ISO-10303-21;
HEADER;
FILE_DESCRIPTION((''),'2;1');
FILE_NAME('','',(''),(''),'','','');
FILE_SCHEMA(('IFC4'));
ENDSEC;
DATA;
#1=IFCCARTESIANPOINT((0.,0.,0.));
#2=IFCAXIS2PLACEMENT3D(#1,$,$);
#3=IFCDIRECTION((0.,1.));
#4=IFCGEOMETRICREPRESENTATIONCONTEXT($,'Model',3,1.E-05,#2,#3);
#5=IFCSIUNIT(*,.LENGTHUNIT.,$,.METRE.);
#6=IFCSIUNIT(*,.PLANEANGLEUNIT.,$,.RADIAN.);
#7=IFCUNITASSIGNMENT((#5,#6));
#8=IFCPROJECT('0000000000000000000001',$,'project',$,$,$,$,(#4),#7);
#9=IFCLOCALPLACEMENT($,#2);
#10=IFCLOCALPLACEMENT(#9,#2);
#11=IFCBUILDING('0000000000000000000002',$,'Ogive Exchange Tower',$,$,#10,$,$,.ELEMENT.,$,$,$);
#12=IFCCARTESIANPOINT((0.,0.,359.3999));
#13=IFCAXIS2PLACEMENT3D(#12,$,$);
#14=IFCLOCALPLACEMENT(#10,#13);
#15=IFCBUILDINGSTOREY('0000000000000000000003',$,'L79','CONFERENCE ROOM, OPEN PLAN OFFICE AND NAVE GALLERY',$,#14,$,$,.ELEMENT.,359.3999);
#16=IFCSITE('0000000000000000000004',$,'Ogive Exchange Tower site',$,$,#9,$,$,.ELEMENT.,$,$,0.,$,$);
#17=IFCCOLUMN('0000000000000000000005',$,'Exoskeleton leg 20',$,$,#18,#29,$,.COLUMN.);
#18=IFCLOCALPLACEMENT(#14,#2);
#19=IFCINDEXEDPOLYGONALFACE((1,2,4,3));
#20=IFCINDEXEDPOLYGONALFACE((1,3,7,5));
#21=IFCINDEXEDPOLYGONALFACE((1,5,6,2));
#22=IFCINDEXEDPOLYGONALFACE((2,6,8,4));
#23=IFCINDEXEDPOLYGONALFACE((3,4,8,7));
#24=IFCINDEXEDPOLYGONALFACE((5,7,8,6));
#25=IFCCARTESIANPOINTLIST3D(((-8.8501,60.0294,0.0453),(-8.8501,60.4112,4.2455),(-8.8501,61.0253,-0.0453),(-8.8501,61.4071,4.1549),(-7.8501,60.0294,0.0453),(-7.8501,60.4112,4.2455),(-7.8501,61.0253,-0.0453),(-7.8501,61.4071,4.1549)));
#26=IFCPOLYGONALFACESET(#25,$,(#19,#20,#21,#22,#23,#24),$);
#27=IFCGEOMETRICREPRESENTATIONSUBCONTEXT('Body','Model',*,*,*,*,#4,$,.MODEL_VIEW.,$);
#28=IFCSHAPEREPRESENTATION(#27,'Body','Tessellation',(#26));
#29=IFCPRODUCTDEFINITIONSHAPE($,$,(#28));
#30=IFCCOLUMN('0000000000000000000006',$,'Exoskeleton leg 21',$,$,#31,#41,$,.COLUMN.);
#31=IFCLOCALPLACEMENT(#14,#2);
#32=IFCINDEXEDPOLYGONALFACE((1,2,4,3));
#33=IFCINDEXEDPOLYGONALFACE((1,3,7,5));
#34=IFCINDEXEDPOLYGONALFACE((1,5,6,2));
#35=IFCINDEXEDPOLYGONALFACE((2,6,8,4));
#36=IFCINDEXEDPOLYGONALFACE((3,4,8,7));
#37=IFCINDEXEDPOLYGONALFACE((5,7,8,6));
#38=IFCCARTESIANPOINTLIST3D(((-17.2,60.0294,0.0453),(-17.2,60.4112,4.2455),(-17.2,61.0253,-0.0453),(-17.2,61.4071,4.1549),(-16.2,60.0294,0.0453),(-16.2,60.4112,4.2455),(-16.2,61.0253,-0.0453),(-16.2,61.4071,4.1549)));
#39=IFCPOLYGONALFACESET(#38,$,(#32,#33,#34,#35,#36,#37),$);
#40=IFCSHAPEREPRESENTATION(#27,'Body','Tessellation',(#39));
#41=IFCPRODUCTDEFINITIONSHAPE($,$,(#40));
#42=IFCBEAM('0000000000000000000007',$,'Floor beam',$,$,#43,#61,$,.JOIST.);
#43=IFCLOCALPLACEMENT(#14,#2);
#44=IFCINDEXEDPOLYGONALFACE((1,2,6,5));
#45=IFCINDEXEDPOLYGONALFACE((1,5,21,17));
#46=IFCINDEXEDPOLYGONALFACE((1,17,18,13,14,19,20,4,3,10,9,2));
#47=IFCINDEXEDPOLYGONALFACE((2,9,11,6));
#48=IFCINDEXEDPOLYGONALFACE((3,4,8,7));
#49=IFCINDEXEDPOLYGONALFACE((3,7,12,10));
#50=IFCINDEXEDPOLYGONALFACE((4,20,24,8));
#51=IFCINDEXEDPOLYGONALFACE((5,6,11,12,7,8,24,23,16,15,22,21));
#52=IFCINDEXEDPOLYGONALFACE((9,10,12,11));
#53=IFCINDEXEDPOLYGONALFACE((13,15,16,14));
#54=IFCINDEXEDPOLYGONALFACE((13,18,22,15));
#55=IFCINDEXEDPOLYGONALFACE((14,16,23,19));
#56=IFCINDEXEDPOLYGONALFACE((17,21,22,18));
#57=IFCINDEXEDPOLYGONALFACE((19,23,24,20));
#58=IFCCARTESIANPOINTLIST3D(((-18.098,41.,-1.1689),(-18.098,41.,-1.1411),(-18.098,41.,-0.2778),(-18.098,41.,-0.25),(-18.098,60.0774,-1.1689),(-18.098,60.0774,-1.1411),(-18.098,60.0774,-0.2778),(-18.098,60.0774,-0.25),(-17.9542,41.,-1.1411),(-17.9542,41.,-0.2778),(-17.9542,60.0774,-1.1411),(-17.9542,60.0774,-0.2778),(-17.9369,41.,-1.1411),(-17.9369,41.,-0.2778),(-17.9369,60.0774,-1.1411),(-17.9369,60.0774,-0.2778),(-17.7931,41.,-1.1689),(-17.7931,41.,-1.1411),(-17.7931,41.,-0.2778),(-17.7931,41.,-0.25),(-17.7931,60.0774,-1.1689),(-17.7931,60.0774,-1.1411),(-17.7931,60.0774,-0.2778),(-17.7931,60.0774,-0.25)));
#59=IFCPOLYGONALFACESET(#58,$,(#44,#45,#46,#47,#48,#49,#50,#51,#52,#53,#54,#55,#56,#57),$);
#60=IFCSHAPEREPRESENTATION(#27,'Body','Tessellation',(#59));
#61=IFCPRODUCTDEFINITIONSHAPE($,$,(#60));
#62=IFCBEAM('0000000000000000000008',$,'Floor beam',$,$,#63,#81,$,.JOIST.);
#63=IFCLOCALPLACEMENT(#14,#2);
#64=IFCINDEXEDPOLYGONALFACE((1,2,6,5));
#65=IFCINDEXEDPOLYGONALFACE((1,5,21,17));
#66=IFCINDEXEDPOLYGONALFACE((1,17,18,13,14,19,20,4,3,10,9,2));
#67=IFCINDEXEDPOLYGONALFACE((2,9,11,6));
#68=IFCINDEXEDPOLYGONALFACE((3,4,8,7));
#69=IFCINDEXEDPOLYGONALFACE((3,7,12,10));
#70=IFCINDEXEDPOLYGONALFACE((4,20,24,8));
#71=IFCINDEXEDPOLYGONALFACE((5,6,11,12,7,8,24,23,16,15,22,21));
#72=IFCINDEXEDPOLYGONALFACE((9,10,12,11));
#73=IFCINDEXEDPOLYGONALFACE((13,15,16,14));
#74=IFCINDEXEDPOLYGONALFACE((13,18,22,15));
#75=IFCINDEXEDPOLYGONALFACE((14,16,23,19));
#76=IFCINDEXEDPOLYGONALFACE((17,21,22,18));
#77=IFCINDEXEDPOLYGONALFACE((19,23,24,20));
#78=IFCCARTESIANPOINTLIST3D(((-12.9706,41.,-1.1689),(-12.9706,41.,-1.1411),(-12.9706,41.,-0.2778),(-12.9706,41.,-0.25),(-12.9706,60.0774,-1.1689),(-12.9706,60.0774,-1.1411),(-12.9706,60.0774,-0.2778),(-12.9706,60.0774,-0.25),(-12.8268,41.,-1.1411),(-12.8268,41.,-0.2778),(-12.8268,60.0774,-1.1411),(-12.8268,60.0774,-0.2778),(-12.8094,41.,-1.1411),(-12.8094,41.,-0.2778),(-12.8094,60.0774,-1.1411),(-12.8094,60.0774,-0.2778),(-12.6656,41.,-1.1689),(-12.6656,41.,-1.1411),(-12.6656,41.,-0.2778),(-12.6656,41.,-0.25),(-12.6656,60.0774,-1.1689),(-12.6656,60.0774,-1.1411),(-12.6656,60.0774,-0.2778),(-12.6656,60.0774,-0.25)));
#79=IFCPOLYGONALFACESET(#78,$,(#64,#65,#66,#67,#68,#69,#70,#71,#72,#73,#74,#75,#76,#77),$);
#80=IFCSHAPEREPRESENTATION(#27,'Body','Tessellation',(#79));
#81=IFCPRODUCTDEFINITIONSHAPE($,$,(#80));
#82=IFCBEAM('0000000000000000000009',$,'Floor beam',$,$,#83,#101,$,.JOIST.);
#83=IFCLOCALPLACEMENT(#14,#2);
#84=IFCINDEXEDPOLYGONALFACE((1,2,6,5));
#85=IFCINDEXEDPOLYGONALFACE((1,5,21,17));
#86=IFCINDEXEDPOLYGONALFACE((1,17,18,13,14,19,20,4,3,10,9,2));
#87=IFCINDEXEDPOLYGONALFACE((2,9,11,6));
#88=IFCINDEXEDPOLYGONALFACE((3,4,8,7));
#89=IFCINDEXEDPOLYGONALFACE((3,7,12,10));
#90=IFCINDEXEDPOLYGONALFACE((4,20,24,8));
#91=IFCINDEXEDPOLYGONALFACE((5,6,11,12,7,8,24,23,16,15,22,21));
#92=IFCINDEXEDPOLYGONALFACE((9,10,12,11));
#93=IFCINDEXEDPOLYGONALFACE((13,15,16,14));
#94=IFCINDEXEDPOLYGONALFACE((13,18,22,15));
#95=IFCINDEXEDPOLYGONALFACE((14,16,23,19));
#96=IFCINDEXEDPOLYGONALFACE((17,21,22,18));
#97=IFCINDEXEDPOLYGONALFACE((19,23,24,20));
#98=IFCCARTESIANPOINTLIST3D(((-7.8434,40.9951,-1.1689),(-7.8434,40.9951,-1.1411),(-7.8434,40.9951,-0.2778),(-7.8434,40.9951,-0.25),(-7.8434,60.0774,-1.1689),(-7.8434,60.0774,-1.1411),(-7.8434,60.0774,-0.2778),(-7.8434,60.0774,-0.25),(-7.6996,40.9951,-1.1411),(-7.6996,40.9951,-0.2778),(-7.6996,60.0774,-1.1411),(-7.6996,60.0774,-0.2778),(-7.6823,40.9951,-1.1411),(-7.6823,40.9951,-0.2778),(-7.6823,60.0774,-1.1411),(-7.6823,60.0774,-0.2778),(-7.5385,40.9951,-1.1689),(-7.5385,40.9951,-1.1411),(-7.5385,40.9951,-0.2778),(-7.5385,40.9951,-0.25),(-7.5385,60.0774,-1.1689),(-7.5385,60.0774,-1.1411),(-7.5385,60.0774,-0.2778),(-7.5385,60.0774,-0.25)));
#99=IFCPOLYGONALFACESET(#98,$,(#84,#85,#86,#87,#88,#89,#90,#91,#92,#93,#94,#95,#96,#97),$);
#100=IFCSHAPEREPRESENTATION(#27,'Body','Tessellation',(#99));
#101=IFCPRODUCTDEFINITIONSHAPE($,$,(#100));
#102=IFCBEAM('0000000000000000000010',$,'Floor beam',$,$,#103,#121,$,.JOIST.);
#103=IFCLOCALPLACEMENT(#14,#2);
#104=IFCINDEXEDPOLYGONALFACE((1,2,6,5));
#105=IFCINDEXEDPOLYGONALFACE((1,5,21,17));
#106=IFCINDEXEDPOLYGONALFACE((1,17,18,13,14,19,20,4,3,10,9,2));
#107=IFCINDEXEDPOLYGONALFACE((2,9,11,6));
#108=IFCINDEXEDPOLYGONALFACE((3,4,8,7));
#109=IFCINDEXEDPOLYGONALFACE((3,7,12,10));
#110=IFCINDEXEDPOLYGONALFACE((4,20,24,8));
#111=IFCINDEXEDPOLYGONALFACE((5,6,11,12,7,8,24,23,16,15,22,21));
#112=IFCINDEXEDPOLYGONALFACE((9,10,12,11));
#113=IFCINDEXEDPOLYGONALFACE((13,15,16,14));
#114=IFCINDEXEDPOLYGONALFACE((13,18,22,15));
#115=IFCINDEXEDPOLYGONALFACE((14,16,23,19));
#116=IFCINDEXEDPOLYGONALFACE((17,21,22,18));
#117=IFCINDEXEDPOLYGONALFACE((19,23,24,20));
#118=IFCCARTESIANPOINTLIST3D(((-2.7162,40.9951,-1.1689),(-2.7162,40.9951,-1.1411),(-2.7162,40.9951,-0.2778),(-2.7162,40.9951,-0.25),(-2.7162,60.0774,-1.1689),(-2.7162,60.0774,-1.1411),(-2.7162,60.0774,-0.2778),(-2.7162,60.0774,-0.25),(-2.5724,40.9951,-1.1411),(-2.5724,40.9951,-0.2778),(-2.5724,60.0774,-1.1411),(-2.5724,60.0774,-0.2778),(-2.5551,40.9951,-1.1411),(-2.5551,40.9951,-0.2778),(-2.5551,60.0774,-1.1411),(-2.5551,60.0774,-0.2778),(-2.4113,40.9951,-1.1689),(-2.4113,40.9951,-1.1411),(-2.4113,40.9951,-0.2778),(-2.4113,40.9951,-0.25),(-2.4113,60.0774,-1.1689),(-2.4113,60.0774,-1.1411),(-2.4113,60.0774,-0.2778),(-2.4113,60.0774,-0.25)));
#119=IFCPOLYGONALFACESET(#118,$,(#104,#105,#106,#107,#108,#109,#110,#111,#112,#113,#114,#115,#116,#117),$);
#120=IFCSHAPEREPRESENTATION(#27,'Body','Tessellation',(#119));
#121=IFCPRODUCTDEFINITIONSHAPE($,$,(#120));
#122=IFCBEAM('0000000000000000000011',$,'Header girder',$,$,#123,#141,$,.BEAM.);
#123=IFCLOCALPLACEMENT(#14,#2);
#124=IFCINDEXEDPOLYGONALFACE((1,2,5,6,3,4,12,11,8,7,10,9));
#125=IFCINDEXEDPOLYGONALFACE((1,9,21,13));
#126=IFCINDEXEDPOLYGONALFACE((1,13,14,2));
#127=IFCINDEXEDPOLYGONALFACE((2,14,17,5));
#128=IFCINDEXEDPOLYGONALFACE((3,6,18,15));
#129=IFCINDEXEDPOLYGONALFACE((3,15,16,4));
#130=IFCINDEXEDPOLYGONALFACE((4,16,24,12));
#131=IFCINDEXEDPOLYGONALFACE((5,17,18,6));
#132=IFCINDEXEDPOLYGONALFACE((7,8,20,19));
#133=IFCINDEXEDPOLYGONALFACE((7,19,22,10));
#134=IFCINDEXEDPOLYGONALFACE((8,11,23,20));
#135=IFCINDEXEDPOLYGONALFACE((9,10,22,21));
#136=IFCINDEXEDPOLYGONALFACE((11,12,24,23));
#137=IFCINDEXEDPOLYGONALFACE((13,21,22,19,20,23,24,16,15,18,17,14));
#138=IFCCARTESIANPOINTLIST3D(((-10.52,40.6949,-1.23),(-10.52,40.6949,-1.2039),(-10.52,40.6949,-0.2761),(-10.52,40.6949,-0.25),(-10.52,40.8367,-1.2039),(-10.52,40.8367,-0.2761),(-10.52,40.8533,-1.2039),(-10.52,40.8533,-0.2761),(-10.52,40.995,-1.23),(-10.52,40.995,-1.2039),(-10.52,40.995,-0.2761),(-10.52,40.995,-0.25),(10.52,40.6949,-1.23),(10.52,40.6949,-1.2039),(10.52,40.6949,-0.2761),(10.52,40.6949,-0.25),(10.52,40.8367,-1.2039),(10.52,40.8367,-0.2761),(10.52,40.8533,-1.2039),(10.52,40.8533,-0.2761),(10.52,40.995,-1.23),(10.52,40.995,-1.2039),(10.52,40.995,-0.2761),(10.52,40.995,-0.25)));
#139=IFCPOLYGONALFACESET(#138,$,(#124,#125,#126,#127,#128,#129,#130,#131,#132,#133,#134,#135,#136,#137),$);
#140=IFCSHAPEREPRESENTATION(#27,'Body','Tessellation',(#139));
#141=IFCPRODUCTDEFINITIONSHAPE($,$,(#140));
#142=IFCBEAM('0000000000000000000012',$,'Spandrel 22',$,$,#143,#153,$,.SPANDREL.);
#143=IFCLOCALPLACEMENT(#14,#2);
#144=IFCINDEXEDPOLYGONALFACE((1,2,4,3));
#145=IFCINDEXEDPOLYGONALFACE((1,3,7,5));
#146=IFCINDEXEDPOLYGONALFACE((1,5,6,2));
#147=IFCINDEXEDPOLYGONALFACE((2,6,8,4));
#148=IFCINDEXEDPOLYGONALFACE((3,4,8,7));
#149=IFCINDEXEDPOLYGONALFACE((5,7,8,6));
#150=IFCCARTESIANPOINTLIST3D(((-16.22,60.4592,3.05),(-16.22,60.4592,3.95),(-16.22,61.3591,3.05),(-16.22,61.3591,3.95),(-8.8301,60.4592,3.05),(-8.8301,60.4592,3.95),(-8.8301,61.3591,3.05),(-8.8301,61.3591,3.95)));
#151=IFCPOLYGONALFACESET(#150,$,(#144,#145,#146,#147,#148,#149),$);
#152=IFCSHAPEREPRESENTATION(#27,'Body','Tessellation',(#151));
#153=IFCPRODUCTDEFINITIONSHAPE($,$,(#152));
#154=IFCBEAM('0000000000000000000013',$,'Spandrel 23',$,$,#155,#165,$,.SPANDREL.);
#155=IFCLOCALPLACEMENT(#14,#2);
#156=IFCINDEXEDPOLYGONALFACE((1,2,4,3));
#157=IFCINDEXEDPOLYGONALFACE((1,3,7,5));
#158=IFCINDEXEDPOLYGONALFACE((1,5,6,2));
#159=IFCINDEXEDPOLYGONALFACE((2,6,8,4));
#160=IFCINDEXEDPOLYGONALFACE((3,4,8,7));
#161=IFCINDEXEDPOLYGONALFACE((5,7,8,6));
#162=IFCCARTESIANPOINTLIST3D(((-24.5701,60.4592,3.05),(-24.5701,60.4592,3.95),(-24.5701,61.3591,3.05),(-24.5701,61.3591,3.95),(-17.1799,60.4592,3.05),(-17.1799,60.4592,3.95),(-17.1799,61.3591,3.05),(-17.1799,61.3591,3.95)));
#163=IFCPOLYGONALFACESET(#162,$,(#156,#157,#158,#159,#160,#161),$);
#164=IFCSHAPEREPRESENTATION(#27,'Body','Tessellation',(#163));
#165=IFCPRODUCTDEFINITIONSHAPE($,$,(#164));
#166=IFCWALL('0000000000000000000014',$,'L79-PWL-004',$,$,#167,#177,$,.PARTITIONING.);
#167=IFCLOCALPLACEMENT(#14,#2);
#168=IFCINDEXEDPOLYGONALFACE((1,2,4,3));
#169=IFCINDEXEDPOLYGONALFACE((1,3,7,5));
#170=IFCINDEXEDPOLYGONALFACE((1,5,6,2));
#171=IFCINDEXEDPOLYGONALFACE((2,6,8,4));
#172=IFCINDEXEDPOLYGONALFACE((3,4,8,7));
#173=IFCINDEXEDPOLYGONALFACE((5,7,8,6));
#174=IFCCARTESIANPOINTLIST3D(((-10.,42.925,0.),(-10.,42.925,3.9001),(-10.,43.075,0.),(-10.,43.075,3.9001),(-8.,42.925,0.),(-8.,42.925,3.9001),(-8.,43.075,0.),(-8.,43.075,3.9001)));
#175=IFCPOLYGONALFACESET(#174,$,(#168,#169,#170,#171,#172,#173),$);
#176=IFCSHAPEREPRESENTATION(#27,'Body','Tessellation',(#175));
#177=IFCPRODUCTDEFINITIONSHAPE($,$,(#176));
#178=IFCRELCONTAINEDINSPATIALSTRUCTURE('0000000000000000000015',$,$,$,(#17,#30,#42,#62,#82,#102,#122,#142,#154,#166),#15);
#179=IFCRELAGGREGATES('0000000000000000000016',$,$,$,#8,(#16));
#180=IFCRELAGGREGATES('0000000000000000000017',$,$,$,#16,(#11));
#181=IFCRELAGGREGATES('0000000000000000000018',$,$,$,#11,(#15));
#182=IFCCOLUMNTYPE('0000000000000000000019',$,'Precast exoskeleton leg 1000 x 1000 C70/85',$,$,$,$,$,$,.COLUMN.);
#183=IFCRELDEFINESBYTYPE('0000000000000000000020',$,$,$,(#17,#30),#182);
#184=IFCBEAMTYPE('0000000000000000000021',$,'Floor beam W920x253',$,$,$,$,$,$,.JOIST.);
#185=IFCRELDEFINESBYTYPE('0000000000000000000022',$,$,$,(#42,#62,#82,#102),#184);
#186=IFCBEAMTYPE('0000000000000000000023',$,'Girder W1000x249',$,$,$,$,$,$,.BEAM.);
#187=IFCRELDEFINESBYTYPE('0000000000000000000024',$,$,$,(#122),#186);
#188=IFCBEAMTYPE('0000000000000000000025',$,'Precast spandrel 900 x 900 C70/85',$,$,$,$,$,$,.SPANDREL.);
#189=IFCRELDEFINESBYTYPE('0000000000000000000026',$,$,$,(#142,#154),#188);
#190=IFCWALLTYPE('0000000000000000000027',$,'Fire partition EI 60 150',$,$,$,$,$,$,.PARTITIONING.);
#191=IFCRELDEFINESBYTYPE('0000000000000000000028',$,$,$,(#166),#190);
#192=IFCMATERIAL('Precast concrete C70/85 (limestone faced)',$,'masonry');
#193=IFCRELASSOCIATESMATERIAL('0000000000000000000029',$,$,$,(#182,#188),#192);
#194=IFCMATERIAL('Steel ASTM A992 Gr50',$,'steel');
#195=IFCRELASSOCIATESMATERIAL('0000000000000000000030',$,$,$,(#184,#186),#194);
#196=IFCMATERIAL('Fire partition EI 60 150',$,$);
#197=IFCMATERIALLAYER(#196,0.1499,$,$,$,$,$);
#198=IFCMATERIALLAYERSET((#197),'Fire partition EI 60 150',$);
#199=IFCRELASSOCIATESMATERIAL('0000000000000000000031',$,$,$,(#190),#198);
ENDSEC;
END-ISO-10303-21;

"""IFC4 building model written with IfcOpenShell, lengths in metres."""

from ifc_helpers import new_model, si_unit, direction, frame, frame_2d, origin, origin_2d, place, context, subcontext, project, spatial, rectangle, i_section, extrude, material, layer, layer_set, material_profile, profile_set, type_object, element, save


model = new_model("IFC4")

# Units and contexts
model_context = context("Model", 3, precision=1e-05, world=origin(), true_north=direction((0.0, 1.0)))
body_context = subcontext(model_context, "Body", "Model", "MODEL_VIEW")
ifc_project = project(units=[si_unit("LENGTHUNIT", "METRE"), si_unit("PLANEANGLEUNIT", "RADIAN")], contexts=[model_context])

# Site, building, storey
site_placement = place(None, origin())
site = spatial("IfcSite", under=ifc_project, at=site_placement, Name="Ogive Exchange Tower site", CompositionType="ELEMENT", RefElevation=0.0)
building_placement = place(site_placement, origin())
building = spatial("IfcBuilding", under=site, at=building_placement, Name="Ogive Exchange Tower", CompositionType="ELEMENT")
storey_placement = place(building_placement, frame((0.0, 0.0, 359.3999)))
storey = spatial("IfcBuildingStorey", under=building, at=storey_placement, Name="L79", Description="CONFERENCE ROOM, OPEN PLAN OFFICE AND NAVE GALLERY", CompositionType="ELEMENT", Elevation=359.3999)

# Columns
ifc_material_1 = material(Name="Precast concrete C70/85 (limestone faced)", Category="masonry")
ifc_material_profile_1 = material_profile(ifc_material_1, rectangle(XDim=1.0, YDim=1.0, at=origin_2d()), Name="1000 x 1000")
ifc_profile_set_1 = profile_set([ifc_material_profile_1], Name="Precast concrete C70/85 (limestone faced)")
column_type = type_object("IfcColumnType", Name="Precast exoskeleton leg 1000 x 1000 C70/85", PredefinedType="COLUMN", material=ifc_profile_set_1)
for number, where, z_axis, x_axis, name in (
    (1, (-8.3501, 60.5273, 0.0), (0.0, 0.090536, 0.995893), (-1.0, 0.0, 0.0), "Exoskeleton leg 20"),
    (2, (-16.7, 60.5273, 0.0), (0.0, 0.090536, 0.995893), (-1.0, 0.0, 0.0), "Exoskeleton leg 21"),
):
    element("IfcColumn", number, at=place(storey_placement, frame(where, z_axis=z_axis, x_axis=x_axis)), inside=storey, type_object=column_type, Name=name, PredefinedType="COLUMN", context=body_context, shape_type="SweptSolid", body=[
        extrude(rectangle(XDim=1.0, YDim=1.0, at=origin_2d()), origin(), (0.0, 0.0, 1.0), 4.2175),
    ])

# Beams
ifc_material_2 = material(Name="Steel ASTM A992 Gr50", Category="steel")
ifc_material_profile_2 = material_profile(ifc_material_2, i_section(OverallWidth=0.3049, OverallDepth=0.9189, WebThickness=0.0173, FlangeThickness=0.0278, at=origin_2d()), Name="W920x253")
ifc_profile_set_2 = profile_set([ifc_material_profile_2], Name="Steel ASTM A992 Gr50")
beam_type_1 = type_object("IfcBeamType", Name="Floor beam W920x253", PredefinedType="JOIST", material=ifc_profile_set_2)
for number, where, z_axis, x_axis, name in (
    (3, (-17.9456, 41.0, -0.7095), (0.0, 1.0, 0.0), (-1.0, 0.0, 0.0), "Floor beam"),
    (4, (-12.8181, 41.0, -0.7095), (0.0, 1.0, 0.0), (-1.0, 0.0, 0.0), "Floor beam"),
):
    element("IfcBeam", number, at=place(storey_placement, frame(where, z_axis=z_axis, x_axis=x_axis)), inside=storey, type_object=beam_type_1, Name=name, PredefinedType="JOIST", context=body_context, shape_type="SweptSolid", body=[
        extrude(i_section(OverallWidth=0.3049, OverallDepth=0.9189, WebThickness=0.0173, FlangeThickness=0.0278, at=origin_2d()), origin(), (0.0, 0.0, 1.0), 19.0774),
    ])
for number, where, z_axis, x_axis, name in (
    (5, (-7.6909, 40.9951, -0.7095), (0.0, 1.0, 0.0), (-1.0, 0.0, 0.0), "Floor beam"),
    (6, (-2.5637, 40.9951, -0.7095), (0.0, 1.0, 0.0), (-1.0, 0.0, 0.0), "Floor beam"),
):
    element("IfcBeam", number, at=place(storey_placement, frame(where, z_axis=z_axis, x_axis=x_axis)), inside=storey, type_object=beam_type_1, Name=name, PredefinedType="JOIST", context=body_context, shape_type="SweptSolid", body=[
        extrude(i_section(OverallWidth=0.3049, OverallDepth=0.9189, WebThickness=0.0173, FlangeThickness=0.0278, at=origin_2d()), origin(), (0.0, 0.0, 1.0), 19.0823),
    ])
ifc_material_profile_3 = material_profile(ifc_material_2, i_section(OverallWidth=0.3, OverallDepth=0.98, WebThickness=0.0166, FlangeThickness=0.0261, at=origin_2d()), Name="W1000x249")
ifc_profile_set_3 = profile_set([ifc_material_profile_3], Name="Steel ASTM A992 Gr50")
beam_type_2 = type_object("IfcBeamType", Name="Girder W1000x249", PredefinedType="BEAM", material=ifc_profile_set_3)
beam_1_placement = place(storey_placement, frame((-10.52, 40.845, -0.74), z_axis=(1.0, 0.0, 0.0), x_axis=(0.0, 1.0, 0.0)))
element("IfcBeam", 7, at=beam_1_placement, inside=storey, type_object=beam_type_2, Name="Header girder", PredefinedType="BEAM", context=body_context, shape_type="SweptSolid", body=[
    extrude(i_section(OverallWidth=0.3, OverallDepth=0.98, WebThickness=0.0166, FlangeThickness=0.0261, at=origin_2d()), origin(), (0.0, 0.0, 1.0), 21.04),
])
ifc_material_profile_4 = material_profile(ifc_material_1, rectangle(XDim=0.8999, YDim=0.8999, at=origin_2d()), Name="900 x 900")
ifc_profile_set_4 = profile_set([ifc_material_profile_4], Name="Precast concrete C70/85 (limestone faced)")
beam_type_3 = type_object("IfcBeamType", Name="Precast spandrel 900 x 900 C70/85", PredefinedType="SPANDREL", material=ifc_profile_set_4)
beam_2_placement = place(storey_placement, frame((-8.8301, 60.9092, 3.5), z_axis=(-1.0, 0.0, 0.0), x_axis=(0.0, -1.0, 0.0)))
element("IfcBeam", 8, at=beam_2_placement, inside=storey, type_object=beam_type_3, Name="Spandrel 22", PredefinedType="SPANDREL", context=body_context, shape_type="SweptSolid", body=[
    extrude(rectangle(XDim=0.8999, YDim=0.8999, at=origin_2d()), origin(), (0.0, 0.0, 1.0), 7.3899),
])
beam_3_placement = place(storey_placement, frame((-17.1799, 60.9092, 3.5), z_axis=(-1.0, 0.0, 0.0), x_axis=(0.0, -1.0, 0.0)))
element("IfcBeam", 9, at=beam_3_placement, inside=storey, type_object=beam_type_3, Name="Spandrel 23", PredefinedType="SPANDREL", context=body_context, shape_type="SweptSolid", body=[
    extrude(rectangle(XDim=0.8999, YDim=0.8999, at=origin_2d()), origin(), (0.0, 0.0, 1.0), 7.3901),
])

# Wall
ifc_material_3 = material(Name="Fire partition EI 60 150")
ifc_layer_1 = layer(ifc_material_3, 0.1499)
ifc_layer_set_1 = layer_set([ifc_layer_1], Name="Fire partition EI 60 150")
wall_type_1 = type_object("IfcWallType", Name="Fire partition EI 60 150", PredefinedType="PARTITIONING", material=ifc_layer_set_1)
wall_1_placement = place(storey_placement, frame((-10.0, 43.0, 0.0), z_axis=(0.0, 0.0, 1.0), x_axis=(1.0, 0.0, 0.0)))
element("IfcWall", 10, at=wall_1_placement, inside=storey, type_object=wall_type_1, Name="L79-PWL-004", PredefinedType="PARTITIONING", context=body_context, shape_type="SweptSolid", body=[
    extrude(rectangle(XDim=2.0, YDim=0.1499, at=frame_2d((1.0, 0.0))), origin(), (0.0, 0.0, 1.0), 3.9001),
])

save(model, "model.ifc")
